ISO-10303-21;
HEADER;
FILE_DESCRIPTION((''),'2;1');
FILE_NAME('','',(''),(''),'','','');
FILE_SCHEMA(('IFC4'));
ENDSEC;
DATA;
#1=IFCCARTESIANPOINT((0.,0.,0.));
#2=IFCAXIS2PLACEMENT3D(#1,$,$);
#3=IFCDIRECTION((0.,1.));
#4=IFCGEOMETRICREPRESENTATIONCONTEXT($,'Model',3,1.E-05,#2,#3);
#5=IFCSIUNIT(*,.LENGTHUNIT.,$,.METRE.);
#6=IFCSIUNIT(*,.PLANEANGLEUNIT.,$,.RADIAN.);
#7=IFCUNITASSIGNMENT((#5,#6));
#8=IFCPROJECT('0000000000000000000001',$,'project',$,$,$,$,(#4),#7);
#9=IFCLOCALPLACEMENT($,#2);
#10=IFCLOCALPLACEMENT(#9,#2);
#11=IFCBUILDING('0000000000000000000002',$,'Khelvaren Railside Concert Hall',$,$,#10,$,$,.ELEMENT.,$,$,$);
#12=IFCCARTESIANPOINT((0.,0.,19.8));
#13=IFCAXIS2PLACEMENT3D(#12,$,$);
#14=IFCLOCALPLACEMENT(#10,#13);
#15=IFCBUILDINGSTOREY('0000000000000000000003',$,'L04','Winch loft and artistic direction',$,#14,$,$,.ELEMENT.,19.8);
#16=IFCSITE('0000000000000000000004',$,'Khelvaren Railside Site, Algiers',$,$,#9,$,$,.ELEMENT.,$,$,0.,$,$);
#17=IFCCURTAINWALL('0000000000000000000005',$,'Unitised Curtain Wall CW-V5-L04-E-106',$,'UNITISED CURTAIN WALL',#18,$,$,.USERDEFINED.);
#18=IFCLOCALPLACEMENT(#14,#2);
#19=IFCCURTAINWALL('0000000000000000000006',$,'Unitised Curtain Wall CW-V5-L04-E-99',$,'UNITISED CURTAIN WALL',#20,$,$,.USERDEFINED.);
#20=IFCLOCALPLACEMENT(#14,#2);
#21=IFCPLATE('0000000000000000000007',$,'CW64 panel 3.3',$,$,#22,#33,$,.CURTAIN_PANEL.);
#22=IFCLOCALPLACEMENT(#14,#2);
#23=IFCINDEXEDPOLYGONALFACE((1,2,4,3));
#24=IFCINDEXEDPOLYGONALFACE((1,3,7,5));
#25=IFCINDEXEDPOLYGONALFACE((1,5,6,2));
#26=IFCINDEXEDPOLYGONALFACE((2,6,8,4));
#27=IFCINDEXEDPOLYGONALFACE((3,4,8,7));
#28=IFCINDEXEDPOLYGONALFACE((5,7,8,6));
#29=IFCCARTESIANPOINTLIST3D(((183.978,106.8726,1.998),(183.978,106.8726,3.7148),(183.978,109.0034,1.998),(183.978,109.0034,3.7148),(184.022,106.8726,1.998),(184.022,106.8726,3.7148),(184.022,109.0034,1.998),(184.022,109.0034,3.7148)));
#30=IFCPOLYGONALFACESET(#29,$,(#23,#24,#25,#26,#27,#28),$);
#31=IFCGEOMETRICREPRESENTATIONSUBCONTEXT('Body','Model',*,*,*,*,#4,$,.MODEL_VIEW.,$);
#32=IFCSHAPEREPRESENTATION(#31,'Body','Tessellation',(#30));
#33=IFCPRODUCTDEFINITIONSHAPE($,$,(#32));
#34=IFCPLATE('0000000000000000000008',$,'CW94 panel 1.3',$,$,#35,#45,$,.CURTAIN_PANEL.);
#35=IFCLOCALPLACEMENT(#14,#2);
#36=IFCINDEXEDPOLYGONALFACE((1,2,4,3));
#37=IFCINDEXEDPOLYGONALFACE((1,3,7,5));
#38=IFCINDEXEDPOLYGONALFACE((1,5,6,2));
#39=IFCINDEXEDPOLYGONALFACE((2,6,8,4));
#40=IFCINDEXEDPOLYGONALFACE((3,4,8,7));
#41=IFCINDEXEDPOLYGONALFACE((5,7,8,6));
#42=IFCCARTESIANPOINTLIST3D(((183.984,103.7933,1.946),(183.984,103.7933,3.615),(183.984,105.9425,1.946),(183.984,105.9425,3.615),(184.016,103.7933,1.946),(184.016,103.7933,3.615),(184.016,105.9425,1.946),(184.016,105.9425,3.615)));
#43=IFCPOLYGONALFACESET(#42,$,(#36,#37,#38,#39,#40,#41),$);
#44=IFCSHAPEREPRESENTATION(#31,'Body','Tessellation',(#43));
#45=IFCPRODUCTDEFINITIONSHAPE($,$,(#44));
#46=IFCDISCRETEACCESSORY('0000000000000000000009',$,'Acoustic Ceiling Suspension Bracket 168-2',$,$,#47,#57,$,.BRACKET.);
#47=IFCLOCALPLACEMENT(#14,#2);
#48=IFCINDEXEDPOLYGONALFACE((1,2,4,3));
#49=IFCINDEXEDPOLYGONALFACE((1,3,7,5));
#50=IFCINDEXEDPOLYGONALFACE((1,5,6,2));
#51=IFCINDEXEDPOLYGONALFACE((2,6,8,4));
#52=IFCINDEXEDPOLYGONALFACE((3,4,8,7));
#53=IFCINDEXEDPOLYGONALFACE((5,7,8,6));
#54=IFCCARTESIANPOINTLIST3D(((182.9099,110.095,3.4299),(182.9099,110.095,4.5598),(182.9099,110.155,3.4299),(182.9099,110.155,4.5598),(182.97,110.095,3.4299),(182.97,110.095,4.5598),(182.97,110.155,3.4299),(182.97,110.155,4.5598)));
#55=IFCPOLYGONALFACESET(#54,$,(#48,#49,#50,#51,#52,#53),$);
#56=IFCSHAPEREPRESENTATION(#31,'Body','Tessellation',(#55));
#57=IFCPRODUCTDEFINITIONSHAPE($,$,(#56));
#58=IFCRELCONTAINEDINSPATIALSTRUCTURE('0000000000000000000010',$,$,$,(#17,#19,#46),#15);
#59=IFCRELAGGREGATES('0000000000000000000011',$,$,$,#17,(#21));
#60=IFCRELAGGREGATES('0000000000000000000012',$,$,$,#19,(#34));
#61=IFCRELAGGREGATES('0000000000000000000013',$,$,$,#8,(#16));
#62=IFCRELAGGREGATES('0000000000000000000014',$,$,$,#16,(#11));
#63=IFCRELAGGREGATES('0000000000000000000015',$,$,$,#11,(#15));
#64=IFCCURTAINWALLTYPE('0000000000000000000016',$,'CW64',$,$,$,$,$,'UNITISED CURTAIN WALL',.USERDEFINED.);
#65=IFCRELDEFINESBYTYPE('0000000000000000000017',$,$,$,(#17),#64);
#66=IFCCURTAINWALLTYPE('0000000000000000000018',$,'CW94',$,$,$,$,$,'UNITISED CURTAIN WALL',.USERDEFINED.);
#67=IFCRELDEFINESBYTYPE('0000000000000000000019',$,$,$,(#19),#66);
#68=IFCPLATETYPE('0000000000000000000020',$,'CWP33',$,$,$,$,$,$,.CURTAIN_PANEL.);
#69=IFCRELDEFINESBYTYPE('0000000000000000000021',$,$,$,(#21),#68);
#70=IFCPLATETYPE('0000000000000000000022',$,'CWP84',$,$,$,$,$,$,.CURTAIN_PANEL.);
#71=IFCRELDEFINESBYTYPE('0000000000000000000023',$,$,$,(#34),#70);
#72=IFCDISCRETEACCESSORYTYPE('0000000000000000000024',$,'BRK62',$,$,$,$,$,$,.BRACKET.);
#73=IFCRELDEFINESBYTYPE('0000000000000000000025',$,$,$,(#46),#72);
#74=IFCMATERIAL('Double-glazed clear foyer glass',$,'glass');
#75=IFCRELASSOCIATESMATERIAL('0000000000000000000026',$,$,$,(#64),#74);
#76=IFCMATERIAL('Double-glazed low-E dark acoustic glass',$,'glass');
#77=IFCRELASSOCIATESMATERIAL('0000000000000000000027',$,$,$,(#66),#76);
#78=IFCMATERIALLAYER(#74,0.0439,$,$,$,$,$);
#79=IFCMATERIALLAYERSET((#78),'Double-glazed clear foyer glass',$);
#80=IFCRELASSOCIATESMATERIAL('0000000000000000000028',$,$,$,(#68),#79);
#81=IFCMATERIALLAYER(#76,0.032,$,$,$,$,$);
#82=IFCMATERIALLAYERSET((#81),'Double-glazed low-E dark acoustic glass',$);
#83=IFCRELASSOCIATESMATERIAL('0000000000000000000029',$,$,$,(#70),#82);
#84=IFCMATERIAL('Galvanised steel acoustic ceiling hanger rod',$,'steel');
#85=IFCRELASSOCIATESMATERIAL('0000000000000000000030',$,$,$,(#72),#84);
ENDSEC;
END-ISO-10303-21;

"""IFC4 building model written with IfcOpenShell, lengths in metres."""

from ifc_helpers import new_model, si_unit, direction, frame, origin, origin_2d, place, context, subcontext, project, spatial, rectangle, extrude, material, layer, layer_set, type_object, element, aggregate, save


model = new_model("IFC4")

# Units and contexts
model_context = context("Model", 3, precision=1e-05, world=origin(), true_north=direction((0.0, 1.0)))
body_context = subcontext(model_context, "Body", "Model", "MODEL_VIEW")
ifc_project = project(units=[si_unit("LENGTHUNIT", "METRE"), si_unit("PLANEANGLEUNIT", "RADIAN")], contexts=[model_context])

# Site, building, storey
site_placement = place(None, origin())
site = spatial("IfcSite", under=ifc_project, at=site_placement, Name="Khelvaren Railside Site, Algiers", CompositionType="ELEMENT", RefElevation=0.0)
building_placement = place(site_placement, origin())
building = spatial("IfcBuilding", under=site, at=building_placement, Name="Khelvaren Railside Concert Hall", CompositionType="ELEMENT")
storey_placement = place(building_placement, frame((0.0, 0.0, 19.8)))
storey = spatial("IfcBuildingStorey", under=building, at=storey_placement, Name="L04", Description="Winch loft and artistic direction", CompositionType="ELEMENT", Elevation=19.8)

# Curtain walls
ifc_material_1 = material(Name="Double-glazed clear foyer glass", Category="glass")
curtain_wall_type_1 = type_object("IfcCurtainWallType", Name="CW64", ElementType="UNITISED CURTAIN WALL", PredefinedType="USERDEFINED", material=ifc_material_1)
curtain_wall_1_placement = place(storey_placement, origin())
curtain_wall_1 = element("IfcCurtainWall", 1, at=curtain_wall_1_placement, inside=storey, type_object=curtain_wall_type_1, Name="Unitised Curtain Wall CW-V5-L04-E-106", ObjectType="UNITISED CURTAIN WALL", PredefinedType="USERDEFINED")
ifc_material_2 = material(Name="Double-glazed low-E dark acoustic glass", Category="glass")
curtain_wall_type_2 = type_object("IfcCurtainWallType", Name="CW94", ElementType="UNITISED CURTAIN WALL", PredefinedType="USERDEFINED", material=ifc_material_2)
curtain_wall_2_placement = place(storey_placement, origin())
curtain_wall_2 = element("IfcCurtainWall", 2, at=curtain_wall_2_placement, inside=storey, type_object=curtain_wall_type_2, Name="Unitised Curtain Wall CW-V5-L04-E-99", ObjectType="UNITISED CURTAIN WALL", PredefinedType="USERDEFINED")

# Plates
ifc_layer_1 = layer(ifc_material_1, 0.0439)
ifc_layer_set_1 = layer_set([ifc_layer_1], Name="Double-glazed clear foyer glass")
plate_type_1 = type_object("IfcPlateType", Name="CWP33", PredefinedType="CURTAIN_PANEL", material=ifc_layer_set_1)
plate_1_placement = place(storey_placement, frame((184.0, 107.938, 1.998), z_axis=(0.0, 0.0, 1.0), x_axis=(0.0, -1.0, 0.0)))
plate_1 = element("IfcPlate", 3, at=plate_1_placement, type_object=plate_type_1, Name="CW64 panel 3.3", PredefinedType="CURTAIN_PANEL", context=body_context, shape_type="SweptSolid", body=[
    extrude(rectangle(XDim=2.1309, YDim=0.0439, at=origin_2d()), origin(), (0.0, 0.0, 1.0), 1.7168),
])
aggregate(curtain_wall_1, [plate_1])
ifc_layer_2 = layer(ifc_material_2, 0.032)
ifc_layer_set_2 = layer_set([ifc_layer_2], Name="Double-glazed low-E dark acoustic glass")
plate_type_2 = type_object("IfcPlateType", Name="CWP84", PredefinedType="CURTAIN_PANEL", material=ifc_layer_set_2)
plate_2_placement = place(storey_placement, frame((184.0, 104.8679, 1.946), z_axis=(0.0, 0.0, 1.0), x_axis=(0.0, -1.0, 0.0)))
plate_2 = element("IfcPlate", 4, at=plate_2_placement, type_object=plate_type_2, Name="CW94 panel 1.3", PredefinedType="CURTAIN_PANEL", context=body_context, shape_type="SweptSolid", body=[
    extrude(rectangle(XDim=2.1492, YDim=0.032, at=origin_2d()), origin(), (0.0, 0.0, 1.0), 1.6689),
])
aggregate(curtain_wall_2, [plate_2])

# Discrete accessory
ifc_material_3 = material(Name="Galvanised steel acoustic ceiling hanger rod", Category="steel")
discrete_accessory_type = type_object("IfcDiscreteAccessoryType", Name="BRK62", PredefinedType="BRACKET", material=ifc_material_3)
discrete_accessory_placement = place(storey_placement, frame((182.9399, 110.125, 3.4299), z_axis=(0.0, 0.0, 1.0), x_axis=(1.0, 0.0, 0.0)))
element("IfcDiscreteAccessory", 5, at=discrete_accessory_placement, inside=storey, type_object=discrete_accessory_type, Name="Acoustic Ceiling Suspension Bracket 168-2", PredefinedType="BRACKET", context=body_context, shape_type="SweptSolid", body=[
    extrude(rectangle(XDim=0.0601, YDim=0.0601, at=origin_2d()), origin(), (0.0, 0.0, 1.0), 1.1299),
])

save(model, "model.ifc")
